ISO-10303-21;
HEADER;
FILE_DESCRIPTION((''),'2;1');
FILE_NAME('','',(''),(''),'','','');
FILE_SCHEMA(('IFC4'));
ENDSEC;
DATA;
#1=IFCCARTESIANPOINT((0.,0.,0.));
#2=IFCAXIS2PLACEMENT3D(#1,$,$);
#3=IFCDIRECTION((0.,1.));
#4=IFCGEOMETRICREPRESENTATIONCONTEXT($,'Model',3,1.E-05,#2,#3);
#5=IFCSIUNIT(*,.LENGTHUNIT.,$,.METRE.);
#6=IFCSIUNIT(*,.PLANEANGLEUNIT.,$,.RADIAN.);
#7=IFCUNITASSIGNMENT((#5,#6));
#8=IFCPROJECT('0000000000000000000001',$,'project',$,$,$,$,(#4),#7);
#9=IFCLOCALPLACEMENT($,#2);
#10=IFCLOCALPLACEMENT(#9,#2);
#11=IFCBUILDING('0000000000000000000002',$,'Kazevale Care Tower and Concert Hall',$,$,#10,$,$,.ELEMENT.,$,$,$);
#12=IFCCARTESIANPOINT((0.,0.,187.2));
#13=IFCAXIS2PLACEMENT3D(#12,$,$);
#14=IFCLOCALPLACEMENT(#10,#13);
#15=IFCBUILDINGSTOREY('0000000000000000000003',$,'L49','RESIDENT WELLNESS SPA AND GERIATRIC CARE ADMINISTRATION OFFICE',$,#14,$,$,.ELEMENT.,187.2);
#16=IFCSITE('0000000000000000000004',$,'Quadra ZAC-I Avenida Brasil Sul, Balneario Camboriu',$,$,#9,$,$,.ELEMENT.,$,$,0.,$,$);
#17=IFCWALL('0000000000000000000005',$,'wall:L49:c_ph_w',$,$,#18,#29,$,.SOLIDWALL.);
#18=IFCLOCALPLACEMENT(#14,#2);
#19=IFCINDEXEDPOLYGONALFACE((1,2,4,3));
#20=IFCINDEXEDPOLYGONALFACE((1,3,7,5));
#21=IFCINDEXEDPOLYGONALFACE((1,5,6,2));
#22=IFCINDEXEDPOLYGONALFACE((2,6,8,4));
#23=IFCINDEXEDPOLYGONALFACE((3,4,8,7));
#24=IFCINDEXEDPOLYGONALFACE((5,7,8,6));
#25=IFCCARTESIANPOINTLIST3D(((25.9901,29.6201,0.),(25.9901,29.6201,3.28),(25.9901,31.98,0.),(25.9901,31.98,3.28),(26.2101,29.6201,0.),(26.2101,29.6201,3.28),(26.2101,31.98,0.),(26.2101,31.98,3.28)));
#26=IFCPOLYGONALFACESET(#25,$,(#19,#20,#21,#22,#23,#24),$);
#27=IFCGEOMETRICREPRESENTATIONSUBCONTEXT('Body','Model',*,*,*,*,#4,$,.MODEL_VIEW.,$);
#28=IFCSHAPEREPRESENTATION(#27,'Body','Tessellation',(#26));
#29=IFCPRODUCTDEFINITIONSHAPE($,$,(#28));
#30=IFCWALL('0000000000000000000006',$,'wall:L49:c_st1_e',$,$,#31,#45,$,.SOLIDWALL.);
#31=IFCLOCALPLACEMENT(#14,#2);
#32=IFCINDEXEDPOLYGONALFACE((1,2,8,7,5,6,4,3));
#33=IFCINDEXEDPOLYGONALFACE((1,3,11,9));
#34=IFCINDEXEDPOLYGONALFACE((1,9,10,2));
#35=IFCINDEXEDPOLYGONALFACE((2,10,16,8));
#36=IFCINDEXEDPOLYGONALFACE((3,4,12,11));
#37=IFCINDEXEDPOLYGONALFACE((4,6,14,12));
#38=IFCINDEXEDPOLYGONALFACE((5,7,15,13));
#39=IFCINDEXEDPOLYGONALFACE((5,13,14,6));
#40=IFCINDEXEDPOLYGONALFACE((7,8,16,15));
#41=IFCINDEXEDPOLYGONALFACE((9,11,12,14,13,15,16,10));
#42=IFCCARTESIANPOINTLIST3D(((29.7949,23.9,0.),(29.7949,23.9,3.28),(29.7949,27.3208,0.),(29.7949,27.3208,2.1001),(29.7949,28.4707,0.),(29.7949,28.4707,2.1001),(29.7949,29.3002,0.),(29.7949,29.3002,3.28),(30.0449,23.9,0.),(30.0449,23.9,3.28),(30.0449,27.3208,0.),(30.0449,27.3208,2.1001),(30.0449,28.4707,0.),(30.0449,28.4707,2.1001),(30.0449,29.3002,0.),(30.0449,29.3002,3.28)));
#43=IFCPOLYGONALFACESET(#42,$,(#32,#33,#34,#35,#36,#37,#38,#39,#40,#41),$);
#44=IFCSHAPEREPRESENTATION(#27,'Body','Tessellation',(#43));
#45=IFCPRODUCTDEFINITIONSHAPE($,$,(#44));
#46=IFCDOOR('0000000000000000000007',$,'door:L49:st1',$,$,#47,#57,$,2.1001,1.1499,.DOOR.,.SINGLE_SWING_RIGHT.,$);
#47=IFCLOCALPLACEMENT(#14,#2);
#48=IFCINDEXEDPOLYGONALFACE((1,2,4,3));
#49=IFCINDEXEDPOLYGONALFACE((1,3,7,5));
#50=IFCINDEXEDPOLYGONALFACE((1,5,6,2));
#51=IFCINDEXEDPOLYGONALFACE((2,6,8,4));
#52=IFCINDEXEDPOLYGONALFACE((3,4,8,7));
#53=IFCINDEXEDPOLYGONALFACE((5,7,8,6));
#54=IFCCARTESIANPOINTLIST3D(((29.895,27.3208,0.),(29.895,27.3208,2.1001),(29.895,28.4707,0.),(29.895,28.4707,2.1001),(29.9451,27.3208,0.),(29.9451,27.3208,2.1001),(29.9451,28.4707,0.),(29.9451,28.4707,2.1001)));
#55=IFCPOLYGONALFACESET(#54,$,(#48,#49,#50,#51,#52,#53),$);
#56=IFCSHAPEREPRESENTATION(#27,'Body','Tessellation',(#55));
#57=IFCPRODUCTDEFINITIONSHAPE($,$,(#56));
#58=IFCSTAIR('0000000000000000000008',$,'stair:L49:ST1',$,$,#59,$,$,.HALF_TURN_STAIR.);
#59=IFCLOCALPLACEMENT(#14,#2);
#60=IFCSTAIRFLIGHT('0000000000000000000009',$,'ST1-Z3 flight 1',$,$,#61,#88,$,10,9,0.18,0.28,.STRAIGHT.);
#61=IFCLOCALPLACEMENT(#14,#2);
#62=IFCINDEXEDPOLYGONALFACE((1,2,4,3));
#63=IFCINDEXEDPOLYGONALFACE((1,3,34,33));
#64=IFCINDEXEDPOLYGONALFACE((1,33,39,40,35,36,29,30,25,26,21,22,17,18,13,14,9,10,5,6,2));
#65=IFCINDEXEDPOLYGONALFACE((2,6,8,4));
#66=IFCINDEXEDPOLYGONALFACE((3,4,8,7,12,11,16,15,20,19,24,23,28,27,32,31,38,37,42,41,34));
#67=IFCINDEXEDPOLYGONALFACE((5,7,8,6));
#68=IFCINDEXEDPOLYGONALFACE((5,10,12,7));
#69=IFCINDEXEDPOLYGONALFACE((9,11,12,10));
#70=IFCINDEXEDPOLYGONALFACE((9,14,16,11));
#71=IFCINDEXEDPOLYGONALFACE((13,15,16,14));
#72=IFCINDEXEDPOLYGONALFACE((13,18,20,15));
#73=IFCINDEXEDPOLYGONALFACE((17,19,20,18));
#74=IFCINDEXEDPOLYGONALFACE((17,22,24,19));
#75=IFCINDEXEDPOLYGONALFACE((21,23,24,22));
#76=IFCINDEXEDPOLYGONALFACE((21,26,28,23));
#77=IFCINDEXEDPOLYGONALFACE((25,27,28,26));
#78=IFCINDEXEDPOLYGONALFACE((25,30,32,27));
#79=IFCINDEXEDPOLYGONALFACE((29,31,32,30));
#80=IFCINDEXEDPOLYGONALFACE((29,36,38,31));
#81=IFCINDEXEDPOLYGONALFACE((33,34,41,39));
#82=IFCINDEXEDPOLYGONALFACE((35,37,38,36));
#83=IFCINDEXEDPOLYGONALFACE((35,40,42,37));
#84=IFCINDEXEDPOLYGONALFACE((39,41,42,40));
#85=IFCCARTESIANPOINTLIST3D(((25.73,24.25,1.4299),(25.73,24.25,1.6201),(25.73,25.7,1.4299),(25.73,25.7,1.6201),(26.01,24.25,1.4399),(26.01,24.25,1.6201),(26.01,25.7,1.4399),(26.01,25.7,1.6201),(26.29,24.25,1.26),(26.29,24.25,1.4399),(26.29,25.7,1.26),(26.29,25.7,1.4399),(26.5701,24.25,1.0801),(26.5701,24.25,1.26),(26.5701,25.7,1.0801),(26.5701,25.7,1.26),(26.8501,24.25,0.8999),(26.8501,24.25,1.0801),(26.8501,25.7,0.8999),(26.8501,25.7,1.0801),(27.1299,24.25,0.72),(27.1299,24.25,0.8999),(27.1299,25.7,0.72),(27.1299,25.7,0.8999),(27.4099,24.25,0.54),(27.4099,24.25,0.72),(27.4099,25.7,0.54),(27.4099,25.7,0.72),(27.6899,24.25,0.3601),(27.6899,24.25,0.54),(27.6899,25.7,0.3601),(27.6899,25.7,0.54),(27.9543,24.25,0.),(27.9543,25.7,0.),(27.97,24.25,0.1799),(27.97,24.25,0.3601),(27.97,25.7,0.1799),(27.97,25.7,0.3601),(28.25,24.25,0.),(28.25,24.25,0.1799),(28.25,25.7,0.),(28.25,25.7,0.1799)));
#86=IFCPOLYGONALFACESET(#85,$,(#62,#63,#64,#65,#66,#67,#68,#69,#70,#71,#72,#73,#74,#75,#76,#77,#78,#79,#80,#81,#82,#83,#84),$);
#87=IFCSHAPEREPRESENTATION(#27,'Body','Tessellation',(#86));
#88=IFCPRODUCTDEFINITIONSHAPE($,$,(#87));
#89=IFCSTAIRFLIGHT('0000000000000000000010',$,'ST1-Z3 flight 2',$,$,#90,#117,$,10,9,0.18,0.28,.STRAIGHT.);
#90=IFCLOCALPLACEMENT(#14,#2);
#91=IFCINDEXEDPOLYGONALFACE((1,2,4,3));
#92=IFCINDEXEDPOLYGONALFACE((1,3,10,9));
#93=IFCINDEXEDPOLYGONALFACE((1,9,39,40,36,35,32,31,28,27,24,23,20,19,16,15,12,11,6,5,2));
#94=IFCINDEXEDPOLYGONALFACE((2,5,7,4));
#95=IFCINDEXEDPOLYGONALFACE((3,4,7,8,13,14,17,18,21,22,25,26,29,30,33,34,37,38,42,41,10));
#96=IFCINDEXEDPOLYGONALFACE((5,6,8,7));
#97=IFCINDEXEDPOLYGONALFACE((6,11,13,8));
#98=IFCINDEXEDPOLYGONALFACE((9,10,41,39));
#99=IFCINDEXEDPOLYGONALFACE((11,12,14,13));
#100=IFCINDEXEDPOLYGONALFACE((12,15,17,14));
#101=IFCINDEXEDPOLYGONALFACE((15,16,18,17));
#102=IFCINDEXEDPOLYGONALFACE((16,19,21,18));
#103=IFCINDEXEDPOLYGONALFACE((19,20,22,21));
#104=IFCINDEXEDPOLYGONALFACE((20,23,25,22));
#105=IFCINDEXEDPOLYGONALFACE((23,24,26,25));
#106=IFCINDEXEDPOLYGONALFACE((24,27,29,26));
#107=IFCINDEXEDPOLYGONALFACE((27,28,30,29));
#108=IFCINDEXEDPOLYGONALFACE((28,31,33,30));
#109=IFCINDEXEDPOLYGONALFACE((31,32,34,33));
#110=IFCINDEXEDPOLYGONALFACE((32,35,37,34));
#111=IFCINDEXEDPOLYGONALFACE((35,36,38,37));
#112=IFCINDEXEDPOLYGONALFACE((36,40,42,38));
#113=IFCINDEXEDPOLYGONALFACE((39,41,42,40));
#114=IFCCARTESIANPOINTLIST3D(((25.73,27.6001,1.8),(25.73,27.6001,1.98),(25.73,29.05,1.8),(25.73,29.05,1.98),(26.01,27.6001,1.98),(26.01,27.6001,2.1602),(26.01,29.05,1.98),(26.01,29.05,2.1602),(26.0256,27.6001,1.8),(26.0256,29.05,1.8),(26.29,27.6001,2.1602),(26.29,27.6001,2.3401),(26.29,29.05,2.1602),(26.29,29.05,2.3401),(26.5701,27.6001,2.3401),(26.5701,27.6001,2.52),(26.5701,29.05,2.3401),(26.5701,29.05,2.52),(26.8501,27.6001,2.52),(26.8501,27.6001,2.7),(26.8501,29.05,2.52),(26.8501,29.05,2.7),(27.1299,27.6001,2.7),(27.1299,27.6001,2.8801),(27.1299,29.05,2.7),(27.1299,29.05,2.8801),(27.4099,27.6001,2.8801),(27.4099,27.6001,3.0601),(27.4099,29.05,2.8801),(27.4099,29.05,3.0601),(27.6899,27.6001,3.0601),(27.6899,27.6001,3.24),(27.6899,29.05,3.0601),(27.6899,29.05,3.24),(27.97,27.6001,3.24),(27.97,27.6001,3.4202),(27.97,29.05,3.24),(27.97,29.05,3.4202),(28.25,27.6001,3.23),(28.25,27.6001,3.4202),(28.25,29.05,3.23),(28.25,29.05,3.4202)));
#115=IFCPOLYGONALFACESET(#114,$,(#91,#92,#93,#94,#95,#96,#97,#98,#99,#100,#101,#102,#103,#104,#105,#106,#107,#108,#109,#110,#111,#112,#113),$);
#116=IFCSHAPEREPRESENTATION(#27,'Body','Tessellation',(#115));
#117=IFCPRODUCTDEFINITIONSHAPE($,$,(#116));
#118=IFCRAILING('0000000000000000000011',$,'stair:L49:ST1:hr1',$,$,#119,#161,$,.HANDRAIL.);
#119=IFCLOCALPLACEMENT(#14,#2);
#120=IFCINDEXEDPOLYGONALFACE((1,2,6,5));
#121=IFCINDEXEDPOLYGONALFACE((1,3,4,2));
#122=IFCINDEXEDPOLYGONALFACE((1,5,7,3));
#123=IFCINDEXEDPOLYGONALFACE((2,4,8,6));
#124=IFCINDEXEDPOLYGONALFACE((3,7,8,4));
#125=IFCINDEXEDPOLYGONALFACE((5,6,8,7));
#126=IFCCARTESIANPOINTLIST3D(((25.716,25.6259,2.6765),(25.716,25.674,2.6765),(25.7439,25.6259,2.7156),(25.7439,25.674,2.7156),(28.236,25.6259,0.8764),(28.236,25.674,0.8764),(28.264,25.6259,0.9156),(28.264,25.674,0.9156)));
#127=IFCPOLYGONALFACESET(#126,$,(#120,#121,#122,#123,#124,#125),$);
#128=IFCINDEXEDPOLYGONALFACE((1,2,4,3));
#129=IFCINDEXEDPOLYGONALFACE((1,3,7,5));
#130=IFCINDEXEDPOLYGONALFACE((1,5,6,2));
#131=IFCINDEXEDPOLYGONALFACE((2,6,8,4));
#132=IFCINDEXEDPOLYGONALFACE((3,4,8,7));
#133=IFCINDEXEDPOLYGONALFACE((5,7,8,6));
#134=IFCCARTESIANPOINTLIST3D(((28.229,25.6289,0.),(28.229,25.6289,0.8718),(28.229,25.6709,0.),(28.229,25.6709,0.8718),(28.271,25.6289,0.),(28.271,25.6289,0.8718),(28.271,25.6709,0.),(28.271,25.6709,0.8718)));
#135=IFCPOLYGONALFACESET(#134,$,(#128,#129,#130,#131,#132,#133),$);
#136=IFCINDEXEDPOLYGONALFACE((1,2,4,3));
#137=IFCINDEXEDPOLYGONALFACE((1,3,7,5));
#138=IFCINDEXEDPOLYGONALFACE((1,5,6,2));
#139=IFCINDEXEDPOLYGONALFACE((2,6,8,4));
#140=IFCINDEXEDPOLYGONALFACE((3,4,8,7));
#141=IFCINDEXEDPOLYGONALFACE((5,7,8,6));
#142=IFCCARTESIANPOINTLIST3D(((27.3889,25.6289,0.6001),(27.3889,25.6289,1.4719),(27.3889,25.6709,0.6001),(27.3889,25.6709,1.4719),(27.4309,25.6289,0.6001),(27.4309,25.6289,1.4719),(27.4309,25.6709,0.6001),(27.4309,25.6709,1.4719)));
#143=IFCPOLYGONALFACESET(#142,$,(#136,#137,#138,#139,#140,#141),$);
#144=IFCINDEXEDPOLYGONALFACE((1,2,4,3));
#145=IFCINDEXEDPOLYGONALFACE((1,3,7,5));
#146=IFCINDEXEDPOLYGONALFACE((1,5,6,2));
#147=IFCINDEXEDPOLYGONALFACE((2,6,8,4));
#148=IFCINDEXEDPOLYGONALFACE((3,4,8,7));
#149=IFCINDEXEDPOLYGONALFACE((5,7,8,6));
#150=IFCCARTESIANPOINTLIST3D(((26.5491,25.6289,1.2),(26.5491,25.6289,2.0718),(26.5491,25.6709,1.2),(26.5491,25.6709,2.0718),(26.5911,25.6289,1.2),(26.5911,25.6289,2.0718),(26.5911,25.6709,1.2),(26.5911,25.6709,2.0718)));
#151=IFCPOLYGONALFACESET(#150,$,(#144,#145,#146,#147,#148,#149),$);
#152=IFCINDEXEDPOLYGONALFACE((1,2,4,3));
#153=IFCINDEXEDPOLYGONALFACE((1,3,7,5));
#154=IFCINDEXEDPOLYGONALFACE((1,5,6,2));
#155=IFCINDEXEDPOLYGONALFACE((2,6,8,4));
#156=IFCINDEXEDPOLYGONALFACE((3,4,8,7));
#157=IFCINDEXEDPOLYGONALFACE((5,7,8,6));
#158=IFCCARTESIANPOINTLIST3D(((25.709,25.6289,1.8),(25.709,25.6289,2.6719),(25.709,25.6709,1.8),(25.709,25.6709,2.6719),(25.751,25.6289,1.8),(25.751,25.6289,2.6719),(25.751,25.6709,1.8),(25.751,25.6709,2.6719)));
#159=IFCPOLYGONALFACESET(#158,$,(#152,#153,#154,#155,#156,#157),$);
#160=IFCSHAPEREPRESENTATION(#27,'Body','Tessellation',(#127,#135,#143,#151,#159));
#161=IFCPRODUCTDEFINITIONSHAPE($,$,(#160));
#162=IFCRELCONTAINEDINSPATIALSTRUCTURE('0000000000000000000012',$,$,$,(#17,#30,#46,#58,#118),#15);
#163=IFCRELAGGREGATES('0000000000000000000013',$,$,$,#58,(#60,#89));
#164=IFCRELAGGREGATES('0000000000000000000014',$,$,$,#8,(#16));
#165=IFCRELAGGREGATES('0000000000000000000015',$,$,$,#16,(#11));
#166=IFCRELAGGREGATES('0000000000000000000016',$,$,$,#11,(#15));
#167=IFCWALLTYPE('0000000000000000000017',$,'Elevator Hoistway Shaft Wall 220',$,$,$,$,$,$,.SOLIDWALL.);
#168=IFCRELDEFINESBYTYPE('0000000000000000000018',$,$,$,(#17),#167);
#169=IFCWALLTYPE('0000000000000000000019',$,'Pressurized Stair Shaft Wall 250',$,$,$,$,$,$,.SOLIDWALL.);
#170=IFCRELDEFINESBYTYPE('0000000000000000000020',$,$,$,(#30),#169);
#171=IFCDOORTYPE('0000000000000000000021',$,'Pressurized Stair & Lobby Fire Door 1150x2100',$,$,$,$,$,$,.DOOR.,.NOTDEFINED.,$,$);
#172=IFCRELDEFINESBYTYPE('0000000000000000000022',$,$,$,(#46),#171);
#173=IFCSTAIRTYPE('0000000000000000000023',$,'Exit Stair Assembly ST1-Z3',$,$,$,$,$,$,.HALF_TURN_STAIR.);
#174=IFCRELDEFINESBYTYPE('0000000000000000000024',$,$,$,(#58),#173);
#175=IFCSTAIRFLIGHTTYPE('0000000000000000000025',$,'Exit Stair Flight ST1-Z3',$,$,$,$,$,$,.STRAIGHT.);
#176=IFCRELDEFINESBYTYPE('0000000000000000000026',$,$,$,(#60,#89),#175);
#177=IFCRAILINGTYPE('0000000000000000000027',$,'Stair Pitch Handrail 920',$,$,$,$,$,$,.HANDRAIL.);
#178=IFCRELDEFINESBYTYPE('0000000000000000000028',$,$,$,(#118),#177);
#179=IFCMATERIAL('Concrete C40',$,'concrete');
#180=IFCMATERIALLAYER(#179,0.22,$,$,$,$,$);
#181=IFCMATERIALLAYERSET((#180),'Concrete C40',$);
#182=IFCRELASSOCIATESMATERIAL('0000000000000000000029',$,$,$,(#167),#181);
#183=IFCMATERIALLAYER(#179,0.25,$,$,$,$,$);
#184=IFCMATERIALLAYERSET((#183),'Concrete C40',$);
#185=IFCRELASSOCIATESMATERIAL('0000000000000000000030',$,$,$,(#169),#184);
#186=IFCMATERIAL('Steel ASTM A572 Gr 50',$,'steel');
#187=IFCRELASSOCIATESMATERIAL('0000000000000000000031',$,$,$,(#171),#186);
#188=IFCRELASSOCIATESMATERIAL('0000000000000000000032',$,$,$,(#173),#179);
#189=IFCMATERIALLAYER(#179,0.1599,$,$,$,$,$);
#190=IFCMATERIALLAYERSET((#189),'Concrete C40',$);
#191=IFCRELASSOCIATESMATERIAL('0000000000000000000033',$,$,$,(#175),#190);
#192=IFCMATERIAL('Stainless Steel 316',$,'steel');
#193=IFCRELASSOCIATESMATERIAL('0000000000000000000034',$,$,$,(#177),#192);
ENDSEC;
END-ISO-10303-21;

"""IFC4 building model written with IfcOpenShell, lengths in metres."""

from ifc_helpers import new_model, si_unit, direction, frame, frame_2d, origin, origin_2d, place, context, subcontext, project, spatial, polyline, rectangle, outline, extrude, material, layer, layer_set, type_object, element, fill, aggregate, save


model = new_model("IFC4")

# Units and contexts
model_context = context("Model", 3, precision=1e-05, world=origin(), true_north=direction((0.0, 1.0)))
body_context = subcontext(model_context, "Body", "Model", "MODEL_VIEW")
ifc_project = project(units=[si_unit("LENGTHUNIT", "METRE"), si_unit("PLANEANGLEUNIT", "RADIAN")], contexts=[model_context])

# Site, building, storey
site_placement = place(None, origin())
site = spatial("IfcSite", under=ifc_project, at=site_placement, Name="Quadra ZAC-I Avenida Brasil Sul, Balneario Camboriu", CompositionType="ELEMENT", RefElevation=0.0)
building_placement = place(site_placement, origin())
building = spatial("IfcBuilding", under=site, at=building_placement, Name="Kazevale Care Tower and Concert Hall", CompositionType="ELEMENT")
storey_placement = place(building_placement, frame((0.0, 0.0, 187.2)))
storey = spatial("IfcBuildingStorey", under=building, at=storey_placement, Name="L49", Description="RESIDENT WELLNESS SPA AND GERIATRIC CARE ADMINISTRATION OFFICE", CompositionType="ELEMENT", Elevation=187.2)

# Shared definitions
ifc_material_1 = material(Name="Steel ASTM A572 Gr 50", Category="steel")

# Shared definitions
ifc_material_2 = material(Name="Concrete C40", Category="concrete")
ifc_layer_1 = layer(ifc_material_2, 0.22)
ifc_layer_set_1 = layer_set([ifc_layer_1], Name="Concrete C40")
wall_type_1 = type_object("IfcWallType", Name="Elevator Hoistway Shaft Wall 220", PredefinedType="SOLIDWALL", material=ifc_layer_set_1)
ifc_material_3 = material(Name="Stainless Steel 316", Category="steel")

# Wall
wall_1_placement = place(storey_placement, frame((26.1001, 29.6201, 0.0), z_axis=(0.0, 0.0, 1.0), x_axis=(0.0, 1.0, 0.0)))
element("IfcWall", 1, at=wall_1_placement, inside=storey, type_object=wall_type_1, Name="wall:L49:c_ph_w", PredefinedType="SOLIDWALL", context=body_context, shape_type="SweptSolid", body=[
    extrude(rectangle(XDim=2.3599, YDim=0.22, at=frame_2d((1.1799, 0.0))), origin(), (0.0, 0.0, 1.0), 3.28),
])

# Wall, opening, door
ifc_layer_2 = layer(ifc_material_2, 0.25)
ifc_layer_set_2 = layer_set([ifc_layer_2], Name="Concrete C40")
wall_type_2 = type_object("IfcWallType", Name="Pressurized Stair Shaft Wall 250", PredefinedType="SOLIDWALL", material=ifc_layer_set_2)
wall_2_placement = place(storey_placement, frame((29.9199, 23.8999, 0.0), z_axis=(0.0, 0.0, 1.0), x_axis=(0.0, 1.0, 0.0)))
wall_2 = element("IfcWall", 2, at=wall_2_placement, inside=storey, type_object=wall_type_2, Name="wall:L49:c_st1_e", PredefinedType="SOLIDWALL", context=body_context, shape_type="SweptSolid", body=[
    extrude(rectangle(XDim=5.4001, YDim=0.25, at=frame_2d((2.7002, 0.0))), origin(), (0.0, 0.0, 1.0), 3.28),
])
opening_1_placement = place(wall_2_placement, frame((3.4209, 0.0, 0.0)))
opening_1 = element("IfcOpeningElement", 3, at=opening_1_placement, cuts=wall_2, PredefinedType="OPENING", context=body_context, shape_type="SweptSolid", body=[
    extrude(rectangle(XDim=1.1499, YDim=2.1001, at=frame_2d((0.575, 1.05))), frame((0.0, 0.135, 0.0), z_axis=(0.0, -1.0, 0.0), x_axis=(1.0, 0.0, 0.0)), (0.0, 0.0, 1.0), 0.27),
])
door_type_1 = type_object("IfcDoorType", Name="Pressurized Stair & Lobby Fire Door 1150x2100", OperationType="NOTDEFINED", PredefinedType="DOOR", material=ifc_material_1)
door_1_placement = place(opening_1_placement, origin())
door_1 = element("IfcDoor", 4, at=door_1_placement, inside=storey, type_object=door_type_1, Name="door:L49:st1", OperationType="SINGLE_SWING_RIGHT", OverallHeight=2.1001, OverallWidth=1.1499, PredefinedType="DOOR", context=body_context, shape_type="SweptSolid", body=[
    extrude(rectangle(XDim=1.1499, YDim=2.1001, at=frame_2d((0.575, 1.05))), frame((0.0, 0.0249, 0.0), z_axis=(0.0, -1.0, 0.0), x_axis=(1.0, 0.0, 0.0)), (0.0, 0.0, 1.0), 0.05),
])
fill(opening_1, door_1)

# Stair, stair flights
stair_type = type_object("IfcStairType", Name="Exit Stair Assembly ST1-Z3", PredefinedType="HALF_TURN_STAIR", material=ifc_material_2)
stair_placement = place(storey_placement, origin())
stair = element("IfcStair", 5, at=stair_placement, inside=storey, type_object=stair_type, Name="stair:L49:ST1", PredefinedType="HALF_TURN_STAIR")
ifc_layer_3 = layer(ifc_material_2, 0.1599)
ifc_layer_set_3 = layer_set([ifc_layer_3], Name="Concrete C40")
stair_flight_type = type_object("IfcStairFlightType", Name="Exit Stair Flight ST1-Z3", PredefinedType="STRAIGHT", material=ifc_layer_set_3)
stair_flight_1_placement = place(storey_placement, frame((28.25, 24.9751, 0.0), z_axis=(0.0, 0.0, 1.0), x_axis=(-1.0, 0.0, 0.0)))
stair_flight_1 = element("IfcStairFlight", 6, at=stair_flight_1_placement, type_object=stair_flight_type, Name="ST1-Z3 flight 1", NumberOfRisers=10, NumberOfTreads=9, PredefinedType="STRAIGHT", RiserHeight=0.18, TreadLength=0.28, context=body_context, shape_type="SweptSolid", body=[
    extrude(outline(polyline([(0.0, 0.0), (0.0, 0.1799), (0.28, 0.1799), (0.28, 0.3601), (0.5601, 0.3601), (0.5601, 0.54), (0.8401, 0.54), (0.8401, 0.72), (1.1201, 0.72), (1.1201, 0.8999), (1.3999, 0.8999), (1.3999, 1.0801), (1.6799, 1.0801), (1.6799, 1.26), (1.96, 1.26), (1.96, 1.4399), (2.24, 1.4399), (2.24, 1.6201), (2.52, 1.6201), (2.52, 1.8), (2.52, 1.4299), (0.2957, 0.0), (0.0, 0.0)])), frame((0.0, 0.7251, 0.0), z_axis=(0.0, -1.0, 0.0), x_axis=(1.0, 0.0, 0.0)), (0.0, 0.0, 1.0), 1.45),
])
stair_flight_2_placement = place(storey_placement, frame((25.73, 28.325, 1.8), z_axis=(0.0, 0.0, 1.0), x_axis=(1.0, 0.0, 0.0)))
stair_flight_2 = element("IfcStairFlight", 7, at=stair_flight_2_placement, type_object=stair_flight_type, Name="ST1-Z3 flight 2", NumberOfRisers=10, NumberOfTreads=9, PredefinedType="STRAIGHT", RiserHeight=0.18, TreadLength=0.28, context=body_context, shape_type="SweptSolid", body=[
    extrude(outline(polyline([(0.0, 0.0), (0.0, 0.1799), (0.28, 0.1799), (0.28, 0.3601), (0.5601, 0.3601), (0.5601, 0.54), (0.8401, 0.54), (0.8401, 0.72), (1.1201, 0.72), (1.1201, 0.8999), (1.3999, 0.8999), (1.3999, 1.0801), (1.6799, 1.0801), (1.6799, 1.26), (1.96, 1.26), (1.96, 1.4399), (2.24, 1.4399), (2.24, 1.6201), (2.52, 1.6201), (2.52, 1.8), (2.52, 1.4299), (0.2957, 0.0), (0.0, 0.0)])), frame((0.0, 0.7251, 0.0), z_axis=(0.0, -1.0, 0.0), x_axis=(1.0, 0.0, 0.0)), (0.0, 0.0, 1.0), 1.45),
])
aggregate(stair, [stair_flight_1, stair_flight_2])

# Railing
railing_type_1 = type_object("IfcRailingType", Name="Stair Pitch Handrail 920", PredefinedType="HANDRAIL", material=ifc_material_3)
railing_1_placement = place(storey_placement, frame((28.25, 25.6499, 0.0)))
element("IfcRailing", 8, at=railing_1_placement, inside=storey, type_object=railing_type_1, Name="stair:L49:ST1:hr1", PredefinedType="HANDRAIL", context=body_context, shape_type="SweptSolid", body=[
    extrude(rectangle(XDim=0.0481, YDim=0.0481, at=origin_2d()), frame((0.0, 0.0, 0.896), z_axis=(-0.813728, 0.0, 0.581246), x_axis=(0.0, -1.0, 0.0)), (0.0, 0.0, 1.0), 3.0969),
    extrude(rectangle(XDim=0.042, YDim=0.042, at=origin_2d()), origin(), (0.0, 0.0, 1.0), 0.8718),
    extrude(rectangle(XDim=0.042, YDim=0.042, at=origin_2d()), frame((-0.8401, 0.0, 0.6001)), (0.0, 0.0, 1.0), 0.8718),
    extrude(rectangle(XDim=0.042, YDim=0.042, at=origin_2d()), frame((-1.6799, 0.0, 1.2)), (0.0, 0.0, 1.0), 0.8718),
    extrude(rectangle(XDim=0.042, YDim=0.042, at=origin_2d()), frame((-2.52, 0.0, 1.8)), (0.0, 0.0, 1.0), 0.8718),
])

save(model, "model.ifc")
